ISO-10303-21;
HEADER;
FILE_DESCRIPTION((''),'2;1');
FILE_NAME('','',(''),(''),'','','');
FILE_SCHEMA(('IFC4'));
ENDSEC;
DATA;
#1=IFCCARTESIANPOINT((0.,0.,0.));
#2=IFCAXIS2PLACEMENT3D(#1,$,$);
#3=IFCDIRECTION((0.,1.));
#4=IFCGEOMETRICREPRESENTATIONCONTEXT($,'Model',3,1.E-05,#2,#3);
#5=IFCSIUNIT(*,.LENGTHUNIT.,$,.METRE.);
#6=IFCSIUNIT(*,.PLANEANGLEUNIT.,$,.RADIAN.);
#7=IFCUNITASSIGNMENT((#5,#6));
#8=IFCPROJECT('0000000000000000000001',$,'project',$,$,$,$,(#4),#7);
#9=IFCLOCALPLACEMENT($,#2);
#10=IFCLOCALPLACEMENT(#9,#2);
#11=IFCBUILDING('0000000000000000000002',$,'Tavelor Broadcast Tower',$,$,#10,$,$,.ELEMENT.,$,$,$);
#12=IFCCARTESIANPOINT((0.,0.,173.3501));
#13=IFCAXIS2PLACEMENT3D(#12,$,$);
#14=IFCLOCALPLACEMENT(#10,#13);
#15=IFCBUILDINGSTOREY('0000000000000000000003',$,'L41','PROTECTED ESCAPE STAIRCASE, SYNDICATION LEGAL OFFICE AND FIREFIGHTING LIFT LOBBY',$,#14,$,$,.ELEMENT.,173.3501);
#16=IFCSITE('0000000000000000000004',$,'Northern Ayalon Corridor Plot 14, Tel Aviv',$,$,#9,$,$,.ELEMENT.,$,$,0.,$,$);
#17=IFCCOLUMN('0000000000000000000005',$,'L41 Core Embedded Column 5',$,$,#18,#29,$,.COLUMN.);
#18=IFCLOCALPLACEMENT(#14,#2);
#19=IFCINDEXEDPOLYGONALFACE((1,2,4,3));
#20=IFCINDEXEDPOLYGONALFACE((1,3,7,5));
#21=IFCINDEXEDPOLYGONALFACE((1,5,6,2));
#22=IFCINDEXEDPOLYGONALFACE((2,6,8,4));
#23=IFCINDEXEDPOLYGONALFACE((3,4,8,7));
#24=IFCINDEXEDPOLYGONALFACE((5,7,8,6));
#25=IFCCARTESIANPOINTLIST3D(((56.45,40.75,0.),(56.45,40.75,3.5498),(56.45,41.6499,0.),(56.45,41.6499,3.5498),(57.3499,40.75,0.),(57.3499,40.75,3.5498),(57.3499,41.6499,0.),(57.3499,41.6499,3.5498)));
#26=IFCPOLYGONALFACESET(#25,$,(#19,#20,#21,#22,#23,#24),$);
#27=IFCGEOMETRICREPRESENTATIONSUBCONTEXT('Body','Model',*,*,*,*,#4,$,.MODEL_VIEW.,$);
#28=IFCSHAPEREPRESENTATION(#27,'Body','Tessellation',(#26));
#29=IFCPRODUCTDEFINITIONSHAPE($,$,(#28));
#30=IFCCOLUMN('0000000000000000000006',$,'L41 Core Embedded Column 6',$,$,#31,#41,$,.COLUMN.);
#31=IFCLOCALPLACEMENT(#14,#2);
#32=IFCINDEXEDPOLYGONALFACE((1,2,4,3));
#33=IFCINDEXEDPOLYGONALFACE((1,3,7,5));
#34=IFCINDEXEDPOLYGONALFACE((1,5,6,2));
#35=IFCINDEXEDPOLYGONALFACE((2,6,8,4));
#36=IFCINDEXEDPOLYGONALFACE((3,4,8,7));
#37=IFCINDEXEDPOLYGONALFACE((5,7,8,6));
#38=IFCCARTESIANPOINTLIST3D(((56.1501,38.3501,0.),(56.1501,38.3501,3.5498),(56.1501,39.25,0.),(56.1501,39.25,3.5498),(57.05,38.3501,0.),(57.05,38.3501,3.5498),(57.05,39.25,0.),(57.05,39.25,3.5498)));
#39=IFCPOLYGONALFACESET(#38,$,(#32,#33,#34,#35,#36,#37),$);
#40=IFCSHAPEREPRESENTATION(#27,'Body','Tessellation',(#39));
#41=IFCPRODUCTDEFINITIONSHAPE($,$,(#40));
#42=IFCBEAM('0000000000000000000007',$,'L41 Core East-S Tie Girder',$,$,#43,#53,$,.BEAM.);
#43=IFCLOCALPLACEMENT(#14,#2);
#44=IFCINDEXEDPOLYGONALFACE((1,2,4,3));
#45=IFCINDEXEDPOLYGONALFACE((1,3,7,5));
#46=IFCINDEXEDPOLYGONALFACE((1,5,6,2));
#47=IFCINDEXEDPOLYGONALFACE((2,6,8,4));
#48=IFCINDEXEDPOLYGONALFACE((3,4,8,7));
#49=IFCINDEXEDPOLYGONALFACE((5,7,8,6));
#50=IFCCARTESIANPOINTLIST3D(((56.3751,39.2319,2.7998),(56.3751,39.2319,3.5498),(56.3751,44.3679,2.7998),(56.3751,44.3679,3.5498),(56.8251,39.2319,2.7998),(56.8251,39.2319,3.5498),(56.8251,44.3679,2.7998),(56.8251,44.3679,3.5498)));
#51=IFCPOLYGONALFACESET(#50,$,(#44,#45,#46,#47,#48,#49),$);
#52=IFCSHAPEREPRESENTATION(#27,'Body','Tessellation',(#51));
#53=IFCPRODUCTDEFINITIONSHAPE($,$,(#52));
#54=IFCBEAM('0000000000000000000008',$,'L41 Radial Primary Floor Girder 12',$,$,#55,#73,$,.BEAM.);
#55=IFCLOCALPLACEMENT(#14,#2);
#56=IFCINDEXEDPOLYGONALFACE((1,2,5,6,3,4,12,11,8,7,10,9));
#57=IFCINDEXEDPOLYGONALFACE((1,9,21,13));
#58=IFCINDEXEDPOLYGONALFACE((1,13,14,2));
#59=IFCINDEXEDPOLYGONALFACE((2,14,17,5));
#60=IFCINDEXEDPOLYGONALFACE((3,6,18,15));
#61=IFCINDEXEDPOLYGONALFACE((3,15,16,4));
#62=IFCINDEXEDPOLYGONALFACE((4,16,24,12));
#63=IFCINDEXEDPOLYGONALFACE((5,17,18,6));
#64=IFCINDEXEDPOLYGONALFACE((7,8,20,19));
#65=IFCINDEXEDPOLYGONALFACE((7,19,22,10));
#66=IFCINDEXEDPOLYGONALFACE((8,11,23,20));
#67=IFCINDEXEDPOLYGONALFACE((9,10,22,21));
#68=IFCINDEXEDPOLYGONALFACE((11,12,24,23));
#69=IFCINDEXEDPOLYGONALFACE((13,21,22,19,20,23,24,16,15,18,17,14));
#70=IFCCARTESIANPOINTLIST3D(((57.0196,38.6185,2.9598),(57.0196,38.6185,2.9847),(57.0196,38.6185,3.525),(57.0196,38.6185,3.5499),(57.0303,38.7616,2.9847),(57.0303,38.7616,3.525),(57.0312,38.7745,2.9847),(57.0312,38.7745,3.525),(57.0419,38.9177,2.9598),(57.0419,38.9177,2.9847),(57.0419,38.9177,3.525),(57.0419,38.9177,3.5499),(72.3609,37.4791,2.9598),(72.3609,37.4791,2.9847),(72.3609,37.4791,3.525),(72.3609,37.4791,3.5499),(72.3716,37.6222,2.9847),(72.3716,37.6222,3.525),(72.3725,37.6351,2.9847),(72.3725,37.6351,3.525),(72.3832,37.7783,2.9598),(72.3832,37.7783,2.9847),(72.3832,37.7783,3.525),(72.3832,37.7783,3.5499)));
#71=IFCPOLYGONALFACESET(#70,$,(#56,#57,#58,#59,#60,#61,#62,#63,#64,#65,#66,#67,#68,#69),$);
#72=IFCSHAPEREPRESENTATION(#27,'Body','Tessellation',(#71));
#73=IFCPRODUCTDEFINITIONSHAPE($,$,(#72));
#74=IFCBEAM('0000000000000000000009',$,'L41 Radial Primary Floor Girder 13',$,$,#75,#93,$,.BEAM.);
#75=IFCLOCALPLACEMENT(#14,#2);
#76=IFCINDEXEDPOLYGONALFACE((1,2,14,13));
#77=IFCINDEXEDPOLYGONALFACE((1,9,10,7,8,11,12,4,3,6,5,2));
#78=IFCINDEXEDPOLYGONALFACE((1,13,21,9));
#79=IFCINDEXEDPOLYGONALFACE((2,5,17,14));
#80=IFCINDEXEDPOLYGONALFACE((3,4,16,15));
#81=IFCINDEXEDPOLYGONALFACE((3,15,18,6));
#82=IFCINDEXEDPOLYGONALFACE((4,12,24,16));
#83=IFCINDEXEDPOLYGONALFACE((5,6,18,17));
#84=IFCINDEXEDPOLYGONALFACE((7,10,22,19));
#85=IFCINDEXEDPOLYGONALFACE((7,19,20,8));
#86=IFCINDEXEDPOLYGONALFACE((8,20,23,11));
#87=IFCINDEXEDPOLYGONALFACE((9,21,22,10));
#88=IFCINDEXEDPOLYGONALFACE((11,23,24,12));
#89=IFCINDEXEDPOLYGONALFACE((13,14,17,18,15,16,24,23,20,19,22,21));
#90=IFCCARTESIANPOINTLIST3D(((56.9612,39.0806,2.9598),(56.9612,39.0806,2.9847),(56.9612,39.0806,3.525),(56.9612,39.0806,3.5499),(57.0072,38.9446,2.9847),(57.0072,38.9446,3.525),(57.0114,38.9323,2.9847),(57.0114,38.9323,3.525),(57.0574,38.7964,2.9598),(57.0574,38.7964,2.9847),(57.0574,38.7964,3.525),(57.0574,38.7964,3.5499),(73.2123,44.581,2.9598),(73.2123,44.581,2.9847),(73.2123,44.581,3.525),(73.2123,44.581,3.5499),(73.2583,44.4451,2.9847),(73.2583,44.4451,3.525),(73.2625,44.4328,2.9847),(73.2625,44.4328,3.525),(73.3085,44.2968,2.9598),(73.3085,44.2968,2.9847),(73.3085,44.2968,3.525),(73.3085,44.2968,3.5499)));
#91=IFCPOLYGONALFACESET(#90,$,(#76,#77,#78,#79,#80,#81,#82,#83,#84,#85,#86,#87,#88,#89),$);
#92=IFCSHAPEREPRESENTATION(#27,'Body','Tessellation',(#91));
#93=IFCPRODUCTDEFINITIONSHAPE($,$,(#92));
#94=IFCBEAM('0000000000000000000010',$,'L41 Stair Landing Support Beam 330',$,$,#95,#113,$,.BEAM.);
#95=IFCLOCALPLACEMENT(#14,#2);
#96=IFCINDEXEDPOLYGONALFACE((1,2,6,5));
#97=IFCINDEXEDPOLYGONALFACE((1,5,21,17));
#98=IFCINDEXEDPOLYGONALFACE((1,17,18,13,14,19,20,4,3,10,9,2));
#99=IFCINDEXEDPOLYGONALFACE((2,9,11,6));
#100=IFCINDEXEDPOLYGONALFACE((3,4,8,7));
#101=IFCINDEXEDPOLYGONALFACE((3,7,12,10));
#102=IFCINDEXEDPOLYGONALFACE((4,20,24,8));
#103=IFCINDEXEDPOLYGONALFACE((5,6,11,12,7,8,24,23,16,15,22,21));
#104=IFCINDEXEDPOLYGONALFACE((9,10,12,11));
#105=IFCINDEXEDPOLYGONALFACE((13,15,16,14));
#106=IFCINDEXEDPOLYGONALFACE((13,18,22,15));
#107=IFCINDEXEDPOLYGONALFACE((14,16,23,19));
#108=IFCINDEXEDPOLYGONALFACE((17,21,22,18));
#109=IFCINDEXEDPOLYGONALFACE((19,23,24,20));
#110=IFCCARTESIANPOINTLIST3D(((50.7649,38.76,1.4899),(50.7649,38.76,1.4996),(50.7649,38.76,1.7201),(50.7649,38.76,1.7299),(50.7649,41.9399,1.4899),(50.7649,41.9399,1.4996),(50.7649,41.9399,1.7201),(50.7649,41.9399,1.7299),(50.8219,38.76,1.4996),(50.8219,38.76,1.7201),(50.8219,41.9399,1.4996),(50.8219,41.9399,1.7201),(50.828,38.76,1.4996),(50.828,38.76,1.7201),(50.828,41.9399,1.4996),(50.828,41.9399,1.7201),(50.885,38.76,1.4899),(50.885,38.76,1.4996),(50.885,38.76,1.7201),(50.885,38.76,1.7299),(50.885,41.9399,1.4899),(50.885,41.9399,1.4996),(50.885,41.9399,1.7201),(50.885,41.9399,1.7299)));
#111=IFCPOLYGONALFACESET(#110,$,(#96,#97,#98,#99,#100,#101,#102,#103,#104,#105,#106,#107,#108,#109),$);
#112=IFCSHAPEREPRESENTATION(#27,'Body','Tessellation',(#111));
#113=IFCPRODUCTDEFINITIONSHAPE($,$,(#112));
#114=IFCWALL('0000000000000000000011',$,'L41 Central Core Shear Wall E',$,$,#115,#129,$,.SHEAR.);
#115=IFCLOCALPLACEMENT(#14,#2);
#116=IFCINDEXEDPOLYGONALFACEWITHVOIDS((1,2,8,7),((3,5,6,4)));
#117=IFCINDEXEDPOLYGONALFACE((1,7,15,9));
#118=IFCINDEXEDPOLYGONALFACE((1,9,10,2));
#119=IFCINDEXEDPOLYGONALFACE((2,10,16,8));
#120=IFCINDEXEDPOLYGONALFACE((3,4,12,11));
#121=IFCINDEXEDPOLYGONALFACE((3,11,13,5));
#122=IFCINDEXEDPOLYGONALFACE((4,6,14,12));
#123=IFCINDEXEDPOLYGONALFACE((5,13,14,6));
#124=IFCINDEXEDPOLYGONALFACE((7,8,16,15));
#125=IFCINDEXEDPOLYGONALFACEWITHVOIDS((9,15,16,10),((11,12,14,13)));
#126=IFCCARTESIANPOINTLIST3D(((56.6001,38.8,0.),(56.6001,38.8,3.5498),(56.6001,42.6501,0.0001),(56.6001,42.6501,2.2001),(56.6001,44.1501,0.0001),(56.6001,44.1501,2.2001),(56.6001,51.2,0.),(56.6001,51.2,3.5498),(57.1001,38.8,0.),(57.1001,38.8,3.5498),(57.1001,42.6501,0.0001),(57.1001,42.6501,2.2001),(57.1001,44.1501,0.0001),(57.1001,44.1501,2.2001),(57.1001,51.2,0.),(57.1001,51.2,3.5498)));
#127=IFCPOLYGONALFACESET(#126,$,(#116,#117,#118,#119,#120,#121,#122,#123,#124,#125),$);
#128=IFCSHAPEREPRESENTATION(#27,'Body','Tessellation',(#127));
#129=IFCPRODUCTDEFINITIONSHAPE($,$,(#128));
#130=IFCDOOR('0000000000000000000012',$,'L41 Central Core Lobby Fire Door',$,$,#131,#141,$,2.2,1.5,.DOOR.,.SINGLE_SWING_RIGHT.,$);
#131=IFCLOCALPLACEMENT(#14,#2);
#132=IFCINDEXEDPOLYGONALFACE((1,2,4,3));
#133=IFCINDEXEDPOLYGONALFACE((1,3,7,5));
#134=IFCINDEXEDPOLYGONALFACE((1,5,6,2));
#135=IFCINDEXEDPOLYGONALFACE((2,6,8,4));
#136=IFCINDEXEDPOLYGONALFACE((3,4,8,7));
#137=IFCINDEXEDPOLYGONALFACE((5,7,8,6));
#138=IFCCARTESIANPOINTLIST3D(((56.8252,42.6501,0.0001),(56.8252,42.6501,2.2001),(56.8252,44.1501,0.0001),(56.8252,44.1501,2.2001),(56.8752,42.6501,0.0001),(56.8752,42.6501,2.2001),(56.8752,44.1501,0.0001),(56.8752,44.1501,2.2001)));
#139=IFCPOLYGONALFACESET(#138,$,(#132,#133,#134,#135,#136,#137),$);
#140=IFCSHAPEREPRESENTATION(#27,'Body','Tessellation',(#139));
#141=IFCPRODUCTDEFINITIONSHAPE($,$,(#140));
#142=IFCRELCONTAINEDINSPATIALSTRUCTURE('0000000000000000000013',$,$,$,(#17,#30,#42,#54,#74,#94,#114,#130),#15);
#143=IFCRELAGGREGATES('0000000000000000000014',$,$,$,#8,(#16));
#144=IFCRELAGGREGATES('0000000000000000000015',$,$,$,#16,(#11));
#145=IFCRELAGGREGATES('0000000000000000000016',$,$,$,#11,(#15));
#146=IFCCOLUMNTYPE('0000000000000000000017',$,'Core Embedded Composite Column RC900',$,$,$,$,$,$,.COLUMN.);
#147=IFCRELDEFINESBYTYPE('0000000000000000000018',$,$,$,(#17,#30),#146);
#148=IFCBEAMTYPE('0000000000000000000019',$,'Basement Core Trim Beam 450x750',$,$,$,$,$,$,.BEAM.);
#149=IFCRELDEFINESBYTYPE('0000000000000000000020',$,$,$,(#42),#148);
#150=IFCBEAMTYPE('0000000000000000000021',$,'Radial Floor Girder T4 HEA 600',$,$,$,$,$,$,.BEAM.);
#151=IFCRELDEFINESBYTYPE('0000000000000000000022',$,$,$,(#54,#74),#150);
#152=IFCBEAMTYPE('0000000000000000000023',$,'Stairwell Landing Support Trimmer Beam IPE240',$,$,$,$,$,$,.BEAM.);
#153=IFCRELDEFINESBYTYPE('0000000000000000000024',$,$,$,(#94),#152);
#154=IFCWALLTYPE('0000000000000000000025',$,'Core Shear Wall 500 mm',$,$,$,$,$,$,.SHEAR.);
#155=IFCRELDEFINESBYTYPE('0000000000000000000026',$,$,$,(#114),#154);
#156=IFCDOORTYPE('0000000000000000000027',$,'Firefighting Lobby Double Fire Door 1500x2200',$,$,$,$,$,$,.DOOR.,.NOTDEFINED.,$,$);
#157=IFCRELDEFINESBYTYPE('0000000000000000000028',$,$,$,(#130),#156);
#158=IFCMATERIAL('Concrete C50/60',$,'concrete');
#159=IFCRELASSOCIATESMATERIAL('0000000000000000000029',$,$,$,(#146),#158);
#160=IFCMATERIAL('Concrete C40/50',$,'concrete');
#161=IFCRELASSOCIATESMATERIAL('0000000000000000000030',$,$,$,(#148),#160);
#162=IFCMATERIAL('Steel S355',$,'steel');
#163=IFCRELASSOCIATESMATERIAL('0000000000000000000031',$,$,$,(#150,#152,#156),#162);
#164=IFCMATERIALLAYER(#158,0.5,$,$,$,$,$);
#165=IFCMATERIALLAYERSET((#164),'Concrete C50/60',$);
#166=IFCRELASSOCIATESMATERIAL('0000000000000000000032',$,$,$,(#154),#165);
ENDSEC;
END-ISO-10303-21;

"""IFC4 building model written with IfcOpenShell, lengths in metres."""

from ifc_helpers import new_model, si_unit, direction, frame, frame_2d, origin, origin_2d, place, context, subcontext, project, spatial, rectangle, i_section, extrude, material, layer, layer_set, material_profile, profile_set, type_object, element, fill, save


model = new_model("IFC4")

# Units and contexts
model_context = context("Model", 3, precision=1e-05, world=origin(), true_north=direction((0.0, 1.0)))
body_context = subcontext(model_context, "Body", "Model", "MODEL_VIEW")
ifc_project = project(units=[si_unit("LENGTHUNIT", "METRE"), si_unit("PLANEANGLEUNIT", "RADIAN")], contexts=[model_context])

# Site, building, storey
site_placement = place(None, origin())
site = spatial("IfcSite", under=ifc_project, at=site_placement, Name="Northern Ayalon Corridor Plot 14, Tel Aviv", CompositionType="ELEMENT", RefElevation=0.0)
building_placement = place(site_placement, origin())
building = spatial("IfcBuilding", under=site, at=building_placement, Name="Tavelor Broadcast Tower", CompositionType="ELEMENT")
storey_placement = place(building_placement, frame((0.0, 0.0, 173.3501)))
storey = spatial("IfcBuildingStorey", under=building, at=storey_placement, Name="L41", Description="PROTECTED ESCAPE STAIRCASE, SYNDICATION LEGAL OFFICE AND FIREFIGHTING LIFT LOBBY", CompositionType="ELEMENT", Elevation=173.3501)

# Columns
ifc_material_1 = material(Name="Concrete C50/60", Category="concrete")
ifc_material_profile_1 = material_profile(ifc_material_1, rectangle(XDim=0.8999, YDim=0.8999, at=origin_2d()), Name="RC 900x900")
ifc_profile_set_1 = profile_set([ifc_material_profile_1], Name="Concrete C50/60")
column_type = type_object("IfcColumnType", Name="Core Embedded Composite Column RC900", PredefinedType="COLUMN", material=ifc_profile_set_1)
for number, where, z_axis, x_axis, name in (
    (1, (56.8999, 41.2, 0.0), (0.0, 0.0, 1.0), (1.0, 0.0, 0.0), "L41 Core Embedded Column 5"),
    (2, (56.6001, 38.8, 0.0), (0.0, 0.0, 1.0), (1.0, 0.0, 0.0), "L41 Core Embedded Column 6"),
):
    element("IfcColumn", number, at=place(storey_placement, frame(where, z_axis=z_axis, x_axis=x_axis)), inside=storey, type_object=column_type, Name=name, PredefinedType="COLUMN", context=body_context, shape_type="SweptSolid", body=[
        extrude(rectangle(XDim=0.8999, YDim=0.8999, at=origin_2d()), origin(), (0.0, 0.0, 1.0), 3.5498),
    ])

# Beams
ifc_material_2 = material(Name="Concrete C40/50", Category="concrete")
ifc_material_profile_2 = material_profile(ifc_material_2, rectangle(XDim=0.45, YDim=0.75, at=origin_2d()), Name="RC 450x750")
ifc_profile_set_2 = profile_set([ifc_material_profile_2], Name="Concrete C40/50")
beam_type_1 = type_object("IfcBeamType", Name="Basement Core Trim Beam 450x750", PredefinedType="BEAM", material=ifc_profile_set_2)
beam_1_placement = place(storey_placement, frame((56.6001, 39.2319, 3.1748), z_axis=(0.0, 1.0, 0.0), x_axis=(-1.0, 0.0, 0.0)))
element("IfcBeam", 3, at=beam_1_placement, inside=storey, type_object=beam_type_1, Name="L41 Core East-S Tie Girder", PredefinedType="BEAM", context=body_context, shape_type="SweptSolid", body=[
    extrude(rectangle(XDim=0.45, YDim=0.75, at=origin_2d()), origin(), (0.0, 0.0, 1.0), 5.136),
])
ifc_material_3 = material(Name="Steel S355", Category="steel")
ifc_material_profile_3 = material_profile(ifc_material_3, i_section(OverallWidth=0.3, OverallDepth=0.5901, WebThickness=0.0129, FlangeThickness=0.0249, at=origin_2d()), Name="HEA 600")
ifc_profile_set_3 = profile_set([ifc_material_profile_3], Name="Steel S355")
beam_type_2 = type_object("IfcBeamType", Name="Radial Floor Girder T4 HEA 600", PredefinedType="BEAM", material=ifc_profile_set_3)
beam_2_placement = place(storey_placement, frame((57.0308, 38.7681, 3.2549), z_axis=(0.997253, -0.074066, 0.0), x_axis=(0.074066, 0.997253, 0.0)))
element("IfcBeam", 4, at=beam_2_placement, inside=storey, type_object=beam_type_2, Name="L41 Radial Primary Floor Girder 12", PredefinedType="BEAM", context=body_context, shape_type="SweptSolid", body=[
    extrude(i_section(OverallWidth=0.3, OverallDepth=0.5901, WebThickness=0.0129, FlangeThickness=0.0249, at=origin_2d()), origin(), (0.0, 0.0, 1.0), 15.3835),
])
beam_3_placement = place(storey_placement, frame((57.0093, 38.9385, 3.2549), z_axis=(0.947215, 0.3206, 0.0), x_axis=(-0.3206, 0.947215, 0.0)))
element("IfcBeam", 5, at=beam_3_placement, inside=storey, type_object=beam_type_2, Name="L41 Radial Primary Floor Girder 13", PredefinedType="BEAM", context=body_context, shape_type="SweptSolid", body=[
    extrude(i_section(OverallWidth=0.3, OverallDepth=0.5901, WebThickness=0.0129, FlangeThickness=0.0249, at=origin_2d()), origin(), (0.0, 0.0, 1.0), 17.1567),
])
ifc_material_profile_4 = material_profile(ifc_material_3, i_section(OverallWidth=0.1201, OverallDepth=0.24, WebThickness=0.0061, FlangeThickness=0.0098, at=origin_2d()), Name="IPE 240")
ifc_profile_set_4 = profile_set([ifc_material_profile_4], Name="Steel S355")
beam_type_3 = type_object("IfcBeamType", Name="Stairwell Landing Support Trimmer Beam IPE240", PredefinedType="BEAM", material=ifc_profile_set_4)
beam_4_placement = place(storey_placement, frame((50.825, 38.76, 1.6099), z_axis=(0.0, 1.0, 0.0), x_axis=(-1.0, 0.0, 0.0)))
element("IfcBeam", 6, at=beam_4_placement, inside=storey, type_object=beam_type_3, Name="L41 Stair Landing Support Beam 330", PredefinedType="BEAM", context=body_context, shape_type="SweptSolid", body=[
    extrude(i_section(OverallWidth=0.1201, OverallDepth=0.24, WebThickness=0.0061, FlangeThickness=0.0098, at=origin_2d()), origin(), (0.0, 0.0, 1.0), 3.1799),
])

# Wall, opening, door
ifc_layer_1 = layer(ifc_material_1, 0.5)
ifc_layer_set_1 = layer_set([ifc_layer_1], Name="Concrete C50/60")
wall_type_1 = type_object("IfcWallType", Name="Core Shear Wall 500 mm", PredefinedType="SHEAR", material=ifc_layer_set_1)
wall_1_placement = place(storey_placement, frame((56.8501, 38.8, 0.0), z_axis=(0.0, 0.0, 1.0), x_axis=(0.0, 1.0, 0.0)))
wall_1 = element("IfcWall", 7, at=wall_1_placement, inside=storey, type_object=wall_type_1, Name="L41 Central Core Shear Wall E", PredefinedType="SHEAR", context=body_context, shape_type="SweptSolid", body=[
    extrude(rectangle(XDim=12.3999, YDim=0.5, at=frame_2d((6.2, 0.0))), origin(), (0.0, 0.0, 1.0), 3.5498),
])
opening_1_placement = place(wall_1_placement, frame((3.8501, 0.0, 0.0)))
opening_1 = element("IfcOpeningElement", 8, at=opening_1_placement, cuts=wall_1, PredefinedType="OPENING", context=body_context, shape_type="SweptSolid", body=[
    extrude(rectangle(XDim=1.5, YDim=2.2, at=frame_2d((0.75, 1.1001))), frame((0.0, 0.26, 0.0), z_axis=(0.0, -1.0, 0.0), x_axis=(1.0, 0.0, 0.0)), (0.0, 0.0, 1.0), 0.52),
])
door_type_1 = type_object("IfcDoorType", Name="Firefighting Lobby Double Fire Door 1500x2200", OperationType="NOTDEFINED", PredefinedType="DOOR", material=ifc_material_3)
door_1_placement = place(opening_1_placement, origin())
door_1 = element("IfcDoor", 9, at=door_1_placement, inside=storey, type_object=door_type_1, Name="L41 Central Core Lobby Fire Door", OperationType="SINGLE_SWING_RIGHT", OverallHeight=2.2, OverallWidth=1.5, PredefinedType="DOOR", context=body_context, shape_type="SweptSolid", body=[
    extrude(rectangle(XDim=1.5, YDim=2.2, at=frame_2d((0.75, 1.1001))), frame((0.0, 0.0249, 0.0), z_axis=(0.0, -1.0, 0.0), x_axis=(1.0, 0.0, 0.0)), (0.0, 0.0, 1.0), 0.05),
])
fill(opening_1, door_1)

save(model, "model.ifc")
